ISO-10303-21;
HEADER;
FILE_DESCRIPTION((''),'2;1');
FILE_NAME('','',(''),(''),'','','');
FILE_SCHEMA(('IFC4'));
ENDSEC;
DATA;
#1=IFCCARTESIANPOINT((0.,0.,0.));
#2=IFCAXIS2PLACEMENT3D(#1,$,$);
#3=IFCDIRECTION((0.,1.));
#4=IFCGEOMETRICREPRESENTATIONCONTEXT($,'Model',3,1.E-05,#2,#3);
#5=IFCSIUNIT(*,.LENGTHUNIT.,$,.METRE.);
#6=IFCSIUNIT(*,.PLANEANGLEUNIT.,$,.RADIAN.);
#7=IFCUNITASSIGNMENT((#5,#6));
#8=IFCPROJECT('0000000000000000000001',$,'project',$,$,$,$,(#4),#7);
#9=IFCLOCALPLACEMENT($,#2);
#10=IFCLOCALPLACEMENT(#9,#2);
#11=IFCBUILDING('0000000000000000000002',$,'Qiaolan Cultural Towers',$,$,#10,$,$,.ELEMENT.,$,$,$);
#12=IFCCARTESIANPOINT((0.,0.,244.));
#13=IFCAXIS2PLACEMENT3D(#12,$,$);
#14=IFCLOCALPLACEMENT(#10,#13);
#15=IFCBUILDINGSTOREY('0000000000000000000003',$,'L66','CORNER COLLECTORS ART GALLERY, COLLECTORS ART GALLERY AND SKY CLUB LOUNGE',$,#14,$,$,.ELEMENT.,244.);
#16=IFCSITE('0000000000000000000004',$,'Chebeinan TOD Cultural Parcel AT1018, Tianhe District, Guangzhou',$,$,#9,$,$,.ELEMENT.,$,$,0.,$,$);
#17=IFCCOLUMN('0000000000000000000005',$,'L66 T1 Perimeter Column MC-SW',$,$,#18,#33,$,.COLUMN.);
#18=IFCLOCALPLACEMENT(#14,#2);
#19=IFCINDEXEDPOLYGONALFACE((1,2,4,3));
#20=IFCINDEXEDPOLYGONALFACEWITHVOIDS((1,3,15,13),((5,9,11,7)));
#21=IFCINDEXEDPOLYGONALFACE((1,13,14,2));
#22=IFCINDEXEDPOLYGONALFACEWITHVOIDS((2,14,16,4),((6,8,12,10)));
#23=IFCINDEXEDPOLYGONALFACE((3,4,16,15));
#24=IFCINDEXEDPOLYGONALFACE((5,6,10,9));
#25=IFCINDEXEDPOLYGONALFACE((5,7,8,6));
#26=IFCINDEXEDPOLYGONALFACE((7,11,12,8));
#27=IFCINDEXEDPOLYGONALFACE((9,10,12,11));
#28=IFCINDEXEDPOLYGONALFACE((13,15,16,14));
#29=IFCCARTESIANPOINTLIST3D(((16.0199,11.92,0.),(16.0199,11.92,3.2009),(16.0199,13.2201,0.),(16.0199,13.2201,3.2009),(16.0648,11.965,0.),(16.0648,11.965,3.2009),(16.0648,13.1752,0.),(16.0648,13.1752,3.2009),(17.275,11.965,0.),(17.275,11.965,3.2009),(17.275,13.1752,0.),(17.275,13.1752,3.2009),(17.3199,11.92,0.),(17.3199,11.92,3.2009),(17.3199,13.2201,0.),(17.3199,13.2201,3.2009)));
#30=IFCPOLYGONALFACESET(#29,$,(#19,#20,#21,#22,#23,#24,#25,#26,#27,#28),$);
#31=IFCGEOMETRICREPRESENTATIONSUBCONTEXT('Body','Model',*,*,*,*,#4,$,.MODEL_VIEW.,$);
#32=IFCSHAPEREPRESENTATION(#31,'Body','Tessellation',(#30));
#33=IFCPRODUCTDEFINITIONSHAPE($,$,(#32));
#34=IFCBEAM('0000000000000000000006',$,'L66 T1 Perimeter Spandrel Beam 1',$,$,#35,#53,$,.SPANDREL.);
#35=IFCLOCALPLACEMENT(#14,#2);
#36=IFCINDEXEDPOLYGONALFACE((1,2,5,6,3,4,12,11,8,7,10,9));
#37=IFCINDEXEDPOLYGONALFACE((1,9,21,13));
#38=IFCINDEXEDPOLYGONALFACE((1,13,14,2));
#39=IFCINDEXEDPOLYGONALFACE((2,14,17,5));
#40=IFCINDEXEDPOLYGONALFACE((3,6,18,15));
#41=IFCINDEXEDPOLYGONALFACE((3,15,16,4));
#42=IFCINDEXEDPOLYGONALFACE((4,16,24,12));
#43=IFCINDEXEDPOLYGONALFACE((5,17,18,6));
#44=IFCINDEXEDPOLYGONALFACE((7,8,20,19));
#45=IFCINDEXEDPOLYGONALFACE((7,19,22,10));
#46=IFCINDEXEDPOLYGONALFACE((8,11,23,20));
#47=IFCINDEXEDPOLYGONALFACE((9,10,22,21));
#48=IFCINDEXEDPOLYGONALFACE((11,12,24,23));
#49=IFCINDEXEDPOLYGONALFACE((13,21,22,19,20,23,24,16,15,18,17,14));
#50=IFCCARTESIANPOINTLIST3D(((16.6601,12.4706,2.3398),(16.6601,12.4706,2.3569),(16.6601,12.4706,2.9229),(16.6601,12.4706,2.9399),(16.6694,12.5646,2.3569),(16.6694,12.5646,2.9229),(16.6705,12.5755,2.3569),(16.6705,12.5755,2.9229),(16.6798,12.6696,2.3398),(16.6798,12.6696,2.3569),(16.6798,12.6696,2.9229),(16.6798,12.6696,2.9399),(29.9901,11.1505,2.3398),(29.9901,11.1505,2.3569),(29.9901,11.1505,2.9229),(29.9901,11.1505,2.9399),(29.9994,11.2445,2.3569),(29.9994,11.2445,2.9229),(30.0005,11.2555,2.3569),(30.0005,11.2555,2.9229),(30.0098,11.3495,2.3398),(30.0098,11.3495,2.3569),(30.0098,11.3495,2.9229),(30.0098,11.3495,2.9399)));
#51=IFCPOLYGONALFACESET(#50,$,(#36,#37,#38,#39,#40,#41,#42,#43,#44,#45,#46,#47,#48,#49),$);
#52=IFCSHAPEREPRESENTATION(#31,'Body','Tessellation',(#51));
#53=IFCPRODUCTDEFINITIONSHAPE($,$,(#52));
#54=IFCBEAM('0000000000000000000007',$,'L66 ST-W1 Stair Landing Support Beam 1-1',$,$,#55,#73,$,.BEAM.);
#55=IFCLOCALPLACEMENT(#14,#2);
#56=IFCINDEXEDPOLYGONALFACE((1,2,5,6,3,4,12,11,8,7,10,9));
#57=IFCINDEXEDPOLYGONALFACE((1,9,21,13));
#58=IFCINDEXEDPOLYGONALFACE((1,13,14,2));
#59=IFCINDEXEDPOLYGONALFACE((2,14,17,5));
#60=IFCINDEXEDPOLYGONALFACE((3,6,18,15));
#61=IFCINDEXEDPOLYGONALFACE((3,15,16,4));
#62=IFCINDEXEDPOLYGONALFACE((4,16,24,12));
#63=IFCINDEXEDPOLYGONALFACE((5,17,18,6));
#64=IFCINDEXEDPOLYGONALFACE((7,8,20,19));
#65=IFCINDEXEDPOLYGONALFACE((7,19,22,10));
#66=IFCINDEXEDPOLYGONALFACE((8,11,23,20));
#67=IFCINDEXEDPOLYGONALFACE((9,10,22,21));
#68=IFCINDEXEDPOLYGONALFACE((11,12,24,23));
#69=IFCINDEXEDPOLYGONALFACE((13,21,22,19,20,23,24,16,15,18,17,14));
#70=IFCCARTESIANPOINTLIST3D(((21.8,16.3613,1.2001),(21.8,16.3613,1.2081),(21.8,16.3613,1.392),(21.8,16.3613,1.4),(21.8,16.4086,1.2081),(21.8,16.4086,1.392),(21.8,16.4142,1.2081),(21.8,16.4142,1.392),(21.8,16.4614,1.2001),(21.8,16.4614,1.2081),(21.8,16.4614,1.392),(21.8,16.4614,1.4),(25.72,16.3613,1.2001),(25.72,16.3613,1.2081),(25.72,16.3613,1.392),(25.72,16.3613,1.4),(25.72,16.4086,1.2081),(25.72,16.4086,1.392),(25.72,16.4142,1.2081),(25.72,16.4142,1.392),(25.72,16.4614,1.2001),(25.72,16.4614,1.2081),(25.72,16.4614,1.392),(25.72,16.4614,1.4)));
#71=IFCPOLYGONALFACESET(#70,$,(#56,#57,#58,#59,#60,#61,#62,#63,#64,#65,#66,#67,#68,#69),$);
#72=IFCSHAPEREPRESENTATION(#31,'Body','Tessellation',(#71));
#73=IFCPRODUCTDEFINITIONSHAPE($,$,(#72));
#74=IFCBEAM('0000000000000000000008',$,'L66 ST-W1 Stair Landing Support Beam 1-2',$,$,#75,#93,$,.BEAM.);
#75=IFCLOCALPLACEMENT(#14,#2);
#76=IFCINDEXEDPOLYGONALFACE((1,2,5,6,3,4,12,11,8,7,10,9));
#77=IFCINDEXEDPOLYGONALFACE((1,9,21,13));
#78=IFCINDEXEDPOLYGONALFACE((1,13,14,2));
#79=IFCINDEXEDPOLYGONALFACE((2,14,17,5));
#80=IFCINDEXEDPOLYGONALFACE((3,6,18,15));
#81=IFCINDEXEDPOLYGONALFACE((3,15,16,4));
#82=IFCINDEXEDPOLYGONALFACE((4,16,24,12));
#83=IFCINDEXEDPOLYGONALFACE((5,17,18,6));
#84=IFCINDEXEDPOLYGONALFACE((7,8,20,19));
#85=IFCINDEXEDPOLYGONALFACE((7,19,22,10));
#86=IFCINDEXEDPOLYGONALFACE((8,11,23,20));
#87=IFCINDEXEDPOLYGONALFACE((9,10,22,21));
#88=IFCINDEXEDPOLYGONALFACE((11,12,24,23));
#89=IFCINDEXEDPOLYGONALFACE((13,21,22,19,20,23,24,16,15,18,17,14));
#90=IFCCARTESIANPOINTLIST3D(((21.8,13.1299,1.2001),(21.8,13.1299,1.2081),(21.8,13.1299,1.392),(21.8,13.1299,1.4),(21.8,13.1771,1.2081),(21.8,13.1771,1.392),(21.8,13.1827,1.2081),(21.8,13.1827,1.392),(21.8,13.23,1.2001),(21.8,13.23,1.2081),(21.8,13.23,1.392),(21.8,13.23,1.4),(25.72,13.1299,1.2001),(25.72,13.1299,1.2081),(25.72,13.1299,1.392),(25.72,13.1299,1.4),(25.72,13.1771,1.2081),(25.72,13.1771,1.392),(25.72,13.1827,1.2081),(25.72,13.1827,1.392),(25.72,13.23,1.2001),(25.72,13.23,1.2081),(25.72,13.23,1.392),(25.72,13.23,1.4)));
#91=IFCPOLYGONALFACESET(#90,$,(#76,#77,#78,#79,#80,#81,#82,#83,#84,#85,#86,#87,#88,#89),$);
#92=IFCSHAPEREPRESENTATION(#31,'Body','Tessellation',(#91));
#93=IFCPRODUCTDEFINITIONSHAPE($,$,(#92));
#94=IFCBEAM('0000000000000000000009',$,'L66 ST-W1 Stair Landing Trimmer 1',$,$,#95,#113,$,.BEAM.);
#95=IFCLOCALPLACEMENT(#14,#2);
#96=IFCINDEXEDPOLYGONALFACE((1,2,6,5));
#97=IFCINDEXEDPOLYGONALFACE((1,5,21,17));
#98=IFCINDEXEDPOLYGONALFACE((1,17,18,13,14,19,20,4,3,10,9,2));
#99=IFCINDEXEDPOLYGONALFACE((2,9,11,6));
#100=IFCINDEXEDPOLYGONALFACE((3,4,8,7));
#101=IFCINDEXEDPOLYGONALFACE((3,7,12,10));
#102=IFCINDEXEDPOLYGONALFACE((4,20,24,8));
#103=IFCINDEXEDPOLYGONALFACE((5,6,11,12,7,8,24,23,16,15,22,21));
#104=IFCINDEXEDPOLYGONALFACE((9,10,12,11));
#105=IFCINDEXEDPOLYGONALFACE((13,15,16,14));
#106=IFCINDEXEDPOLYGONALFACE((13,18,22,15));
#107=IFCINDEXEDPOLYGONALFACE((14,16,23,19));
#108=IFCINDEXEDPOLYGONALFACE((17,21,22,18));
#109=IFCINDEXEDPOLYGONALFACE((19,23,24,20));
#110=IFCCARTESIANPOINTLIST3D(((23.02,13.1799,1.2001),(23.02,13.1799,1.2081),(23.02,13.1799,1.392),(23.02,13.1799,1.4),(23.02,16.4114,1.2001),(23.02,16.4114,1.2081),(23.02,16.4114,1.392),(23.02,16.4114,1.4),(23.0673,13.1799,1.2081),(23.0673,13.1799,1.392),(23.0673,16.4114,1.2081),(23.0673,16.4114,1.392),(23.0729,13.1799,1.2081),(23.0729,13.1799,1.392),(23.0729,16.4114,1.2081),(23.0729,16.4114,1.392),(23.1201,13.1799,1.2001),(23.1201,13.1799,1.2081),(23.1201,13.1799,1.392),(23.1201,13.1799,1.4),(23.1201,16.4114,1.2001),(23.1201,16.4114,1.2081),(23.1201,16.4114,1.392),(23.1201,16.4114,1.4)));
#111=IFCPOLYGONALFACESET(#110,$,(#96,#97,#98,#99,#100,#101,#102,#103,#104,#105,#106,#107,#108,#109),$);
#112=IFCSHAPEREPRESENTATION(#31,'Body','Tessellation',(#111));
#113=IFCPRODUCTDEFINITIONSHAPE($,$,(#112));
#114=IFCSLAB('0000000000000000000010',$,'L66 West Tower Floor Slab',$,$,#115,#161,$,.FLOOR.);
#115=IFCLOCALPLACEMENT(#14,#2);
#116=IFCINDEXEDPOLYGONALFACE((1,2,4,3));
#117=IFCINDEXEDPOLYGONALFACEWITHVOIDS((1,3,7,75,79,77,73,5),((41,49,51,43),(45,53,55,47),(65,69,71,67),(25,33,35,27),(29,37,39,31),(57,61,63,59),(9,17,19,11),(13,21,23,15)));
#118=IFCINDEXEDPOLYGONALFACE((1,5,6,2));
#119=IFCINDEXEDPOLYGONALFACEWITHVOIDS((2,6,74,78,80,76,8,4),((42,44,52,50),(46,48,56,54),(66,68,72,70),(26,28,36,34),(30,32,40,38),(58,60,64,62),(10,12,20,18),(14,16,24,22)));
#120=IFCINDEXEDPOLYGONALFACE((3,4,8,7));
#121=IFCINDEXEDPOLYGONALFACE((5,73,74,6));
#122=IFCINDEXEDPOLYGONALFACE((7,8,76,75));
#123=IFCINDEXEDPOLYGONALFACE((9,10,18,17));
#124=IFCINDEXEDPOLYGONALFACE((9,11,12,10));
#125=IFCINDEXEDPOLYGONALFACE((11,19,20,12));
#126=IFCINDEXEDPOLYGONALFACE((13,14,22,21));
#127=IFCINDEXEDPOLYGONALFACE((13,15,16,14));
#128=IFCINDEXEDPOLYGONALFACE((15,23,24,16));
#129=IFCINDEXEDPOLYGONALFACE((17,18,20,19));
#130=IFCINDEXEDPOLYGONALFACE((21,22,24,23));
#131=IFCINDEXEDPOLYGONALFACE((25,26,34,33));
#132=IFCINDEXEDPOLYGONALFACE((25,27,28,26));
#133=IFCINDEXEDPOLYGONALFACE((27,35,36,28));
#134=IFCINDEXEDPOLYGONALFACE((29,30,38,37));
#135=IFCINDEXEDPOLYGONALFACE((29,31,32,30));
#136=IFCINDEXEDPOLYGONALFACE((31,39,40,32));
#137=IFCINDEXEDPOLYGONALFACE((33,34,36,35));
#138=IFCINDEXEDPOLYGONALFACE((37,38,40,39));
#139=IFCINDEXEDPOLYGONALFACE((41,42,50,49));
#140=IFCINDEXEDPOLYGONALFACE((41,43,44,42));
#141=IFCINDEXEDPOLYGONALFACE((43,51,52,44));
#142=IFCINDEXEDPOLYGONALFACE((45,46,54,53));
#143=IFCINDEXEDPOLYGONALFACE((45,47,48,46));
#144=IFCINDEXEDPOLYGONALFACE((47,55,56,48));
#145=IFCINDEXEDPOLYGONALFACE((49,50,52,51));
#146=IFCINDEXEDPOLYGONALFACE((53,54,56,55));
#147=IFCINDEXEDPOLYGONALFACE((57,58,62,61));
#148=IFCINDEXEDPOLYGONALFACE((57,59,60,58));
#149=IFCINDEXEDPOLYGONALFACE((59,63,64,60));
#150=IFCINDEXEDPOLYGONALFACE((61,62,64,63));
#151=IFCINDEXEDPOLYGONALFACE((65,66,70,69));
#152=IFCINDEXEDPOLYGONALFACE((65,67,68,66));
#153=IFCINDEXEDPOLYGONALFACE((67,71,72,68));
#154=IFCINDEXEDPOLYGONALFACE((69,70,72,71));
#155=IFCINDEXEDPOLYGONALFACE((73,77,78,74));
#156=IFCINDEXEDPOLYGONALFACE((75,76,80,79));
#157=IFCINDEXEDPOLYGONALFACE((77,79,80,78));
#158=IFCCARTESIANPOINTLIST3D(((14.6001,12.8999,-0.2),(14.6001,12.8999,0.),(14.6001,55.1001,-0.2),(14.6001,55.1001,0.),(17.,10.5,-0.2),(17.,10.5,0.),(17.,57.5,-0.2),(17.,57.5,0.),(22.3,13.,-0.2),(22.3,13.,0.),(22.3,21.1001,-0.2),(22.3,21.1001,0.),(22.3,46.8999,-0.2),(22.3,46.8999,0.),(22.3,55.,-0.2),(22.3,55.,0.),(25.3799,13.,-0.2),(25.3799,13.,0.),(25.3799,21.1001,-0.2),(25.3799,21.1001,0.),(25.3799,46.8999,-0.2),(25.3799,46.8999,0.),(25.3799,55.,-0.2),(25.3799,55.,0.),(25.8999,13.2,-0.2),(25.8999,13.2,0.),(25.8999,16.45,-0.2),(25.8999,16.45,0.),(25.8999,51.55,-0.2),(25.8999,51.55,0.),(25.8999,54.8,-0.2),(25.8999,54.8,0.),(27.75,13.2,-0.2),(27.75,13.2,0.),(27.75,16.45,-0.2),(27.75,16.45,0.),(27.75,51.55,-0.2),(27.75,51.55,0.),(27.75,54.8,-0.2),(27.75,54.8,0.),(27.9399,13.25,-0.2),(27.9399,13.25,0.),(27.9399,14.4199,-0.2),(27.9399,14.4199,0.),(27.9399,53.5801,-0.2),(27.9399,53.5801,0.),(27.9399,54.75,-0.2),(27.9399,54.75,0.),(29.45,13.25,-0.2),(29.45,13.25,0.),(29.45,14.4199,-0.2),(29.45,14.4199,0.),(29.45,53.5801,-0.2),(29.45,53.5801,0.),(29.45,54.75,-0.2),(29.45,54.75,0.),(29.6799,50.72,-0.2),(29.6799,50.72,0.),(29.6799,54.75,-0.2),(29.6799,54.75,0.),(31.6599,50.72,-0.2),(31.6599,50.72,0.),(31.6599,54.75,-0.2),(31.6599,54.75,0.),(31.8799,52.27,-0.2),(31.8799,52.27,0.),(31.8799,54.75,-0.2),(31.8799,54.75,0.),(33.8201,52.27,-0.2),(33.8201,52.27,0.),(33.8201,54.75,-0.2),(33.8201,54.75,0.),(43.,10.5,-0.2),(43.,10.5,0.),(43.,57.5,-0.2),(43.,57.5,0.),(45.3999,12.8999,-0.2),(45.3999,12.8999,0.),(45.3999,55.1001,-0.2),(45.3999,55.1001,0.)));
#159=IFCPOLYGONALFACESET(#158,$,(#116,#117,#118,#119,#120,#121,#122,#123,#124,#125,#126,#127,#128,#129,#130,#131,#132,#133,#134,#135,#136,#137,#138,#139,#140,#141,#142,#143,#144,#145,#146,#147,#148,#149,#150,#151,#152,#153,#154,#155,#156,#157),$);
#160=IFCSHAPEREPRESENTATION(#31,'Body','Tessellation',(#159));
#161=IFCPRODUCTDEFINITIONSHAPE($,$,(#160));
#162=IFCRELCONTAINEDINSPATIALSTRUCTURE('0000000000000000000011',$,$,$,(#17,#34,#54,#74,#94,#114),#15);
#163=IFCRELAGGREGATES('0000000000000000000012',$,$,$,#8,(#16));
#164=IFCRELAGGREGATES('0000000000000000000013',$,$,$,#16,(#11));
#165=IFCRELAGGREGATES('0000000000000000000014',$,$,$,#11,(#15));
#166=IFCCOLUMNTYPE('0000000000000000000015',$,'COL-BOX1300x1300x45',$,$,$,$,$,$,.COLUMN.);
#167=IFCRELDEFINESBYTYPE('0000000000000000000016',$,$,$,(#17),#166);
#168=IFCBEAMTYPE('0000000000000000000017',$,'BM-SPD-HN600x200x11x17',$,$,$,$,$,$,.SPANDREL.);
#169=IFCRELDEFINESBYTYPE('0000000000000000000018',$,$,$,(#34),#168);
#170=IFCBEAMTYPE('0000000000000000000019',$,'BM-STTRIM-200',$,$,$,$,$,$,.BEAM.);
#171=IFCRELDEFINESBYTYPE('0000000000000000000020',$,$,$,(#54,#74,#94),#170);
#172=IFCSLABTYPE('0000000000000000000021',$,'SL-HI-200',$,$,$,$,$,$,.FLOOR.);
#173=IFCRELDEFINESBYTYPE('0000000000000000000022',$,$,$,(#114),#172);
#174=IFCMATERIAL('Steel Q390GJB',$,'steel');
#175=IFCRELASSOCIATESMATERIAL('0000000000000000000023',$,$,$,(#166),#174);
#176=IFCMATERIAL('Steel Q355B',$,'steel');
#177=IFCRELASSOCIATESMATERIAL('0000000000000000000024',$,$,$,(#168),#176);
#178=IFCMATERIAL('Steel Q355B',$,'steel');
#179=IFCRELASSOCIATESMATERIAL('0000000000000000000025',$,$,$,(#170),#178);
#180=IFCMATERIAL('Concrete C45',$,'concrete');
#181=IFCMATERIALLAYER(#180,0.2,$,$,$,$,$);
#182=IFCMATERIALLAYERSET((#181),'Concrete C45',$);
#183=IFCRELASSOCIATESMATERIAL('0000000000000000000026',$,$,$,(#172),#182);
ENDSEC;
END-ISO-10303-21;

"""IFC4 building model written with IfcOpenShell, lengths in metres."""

from ifc_helpers import new_model, si_unit, direction, frame, origin, origin_2d, place, context, subcontext, project, spatial, polyline, hollow_rectangle, i_section, outline, extrude, material, layer, layer_set, material_profile, profile_set, type_object, element, save


model = new_model("IFC4")

# Units and contexts
model_context = context("Model", 3, precision=1e-05, world=origin(), true_north=direction((0.0, 1.0)))
body_context = subcontext(model_context, "Body", "Model", "MODEL_VIEW")
ifc_project = project(units=[si_unit("LENGTHUNIT", "METRE"), si_unit("PLANEANGLEUNIT", "RADIAN")], contexts=[model_context])

# Site, building, storey
site_placement = place(None, origin())
site = spatial("IfcSite", under=ifc_project, at=site_placement, Name="Chebeinan TOD Cultural Parcel AT1018, Tianhe District, Guangzhou", CompositionType="ELEMENT", RefElevation=0.0)
building_placement = place(site_placement, origin())
building = spatial("IfcBuilding", under=site, at=building_placement, Name="Qiaolan Cultural Towers", CompositionType="ELEMENT")
storey_placement = place(building_placement, frame((0.0, 0.0, 244.0)))
storey = spatial("IfcBuildingStorey", under=building, at=storey_placement, Name="L66", Description="CORNER COLLECTORS ART GALLERY, COLLECTORS ART GALLERY AND SKY CLUB LOUNGE", CompositionType="ELEMENT", Elevation=244.0)

# Column
ifc_material_1 = material(Name="Steel Q390GJB", Category="steel")
ifc_material_profile_1 = material_profile(ifc_material_1, hollow_rectangle(XDim=1.3, YDim=1.3, WallThickness=0.0449, at=origin_2d()), Name="BOX1300x1300x45")
ifc_profile_set_1 = profile_set([ifc_material_profile_1], Name="Steel Q390GJB")
column_type = type_object("IfcColumnType", Name="COL-BOX1300x1300x45", PredefinedType="COLUMN", material=ifc_profile_set_1)
column_placement = place(storey_placement, frame((16.6699, 12.5701, 0.0), z_axis=(0.0, 0.0, 1.0), x_axis=(1.0, 0.0, 0.0)))
element("IfcColumn", 1, at=column_placement, inside=storey, type_object=column_type, Name="L66 T1 Perimeter Column MC-SW", PredefinedType="COLUMN", context=body_context, shape_type="SweptSolid", body=[
    extrude(hollow_rectangle(XDim=1.3, YDim=1.3, WallThickness=0.0449, at=origin_2d()), origin(), (0.0, 0.0, 1.0), 3.2009),
])

# Beams
ifc_material_2 = material(Name="Steel Q355B", Category="steel")
ifc_material_profile_2 = material_profile(ifc_material_2, i_section(OverallWidth=0.2, OverallDepth=0.6001, WebThickness=0.011, FlangeThickness=0.0171, at=origin_2d()), Name="HN600x200x11x17")
ifc_profile_set_2 = profile_set([ifc_material_profile_2], Name="Steel Q355B")
beam_type_1 = type_object("IfcBeamType", Name="BM-SPD-HN600x200x11x17", PredefinedType="SPANDREL", material=ifc_profile_set_2)
beam_1_placement = place(storey_placement, frame((16.6699, 12.5701, 2.6399), z_axis=(0.995132, -0.098547, 0.0), x_axis=(0.098547, 0.995132, 0.0)))
element("IfcBeam", 2, at=beam_1_placement, inside=storey, type_object=beam_type_1, Name="L66 T1 Perimeter Spandrel Beam 1", PredefinedType="SPANDREL", context=body_context, shape_type="SweptSolid", body=[
    extrude(i_section(OverallWidth=0.2, OverallDepth=0.6001, WebThickness=0.011, FlangeThickness=0.0171, at=origin_2d()), origin(), (0.0, 0.0, 1.0), 13.3953),
])
ifc_material_3 = material(Name="Steel Q355B", Category="steel")
ifc_material_profile_3 = material_profile(ifc_material_3, i_section(OverallWidth=0.1001, OverallDepth=0.2, WebThickness=0.0056, FlangeThickness=0.0081, at=origin_2d()), Name="HN200x100x5.5x8")
ifc_profile_set_3 = profile_set([ifc_material_profile_3], Name="Steel Q355B")
beam_type_2 = type_object("IfcBeamType", Name="BM-STTRIM-200", PredefinedType="BEAM", material=ifc_profile_set_3)
for number, where, z_axis, x_axis, name in (
    (3, (21.8, 16.4114, 1.3), (1.0, 0.0, 0.0), (0.0, 1.0, 0.0), "L66 ST-W1 Stair Landing Support Beam 1-1"),
    (4, (21.8, 13.1799, 1.3), (1.0, 0.0, 0.0), (0.0, 1.0, 0.0), "L66 ST-W1 Stair Landing Support Beam 1-2"),
):
    element("IfcBeam", number, at=place(storey_placement, frame(where, z_axis=z_axis, x_axis=x_axis)), inside=storey, type_object=beam_type_2, Name=name, PredefinedType="BEAM", context=body_context, shape_type="SweptSolid", body=[
        extrude(i_section(OverallWidth=0.1001, OverallDepth=0.2, WebThickness=0.0056, FlangeThickness=0.0081, at=origin_2d()), origin(), (0.0, 0.0, 1.0), 3.9199),
    ])
beam_2_placement = place(storey_placement, frame((23.0701, 16.4114, 1.3), z_axis=(0.0, -1.0, 0.0), x_axis=(1.0, 0.0, 0.0)))
element("IfcBeam", 5, at=beam_2_placement, inside=storey, type_object=beam_type_2, Name="L66 ST-W1 Stair Landing Trimmer 1", PredefinedType="BEAM", context=body_context, shape_type="SweptSolid", body=[
    extrude(i_section(OverallWidth=0.1001, OverallDepth=0.2, WebThickness=0.0056, FlangeThickness=0.0081, at=origin_2d()), origin(), (0.0, 0.0, 1.0), 3.2314),
])

# Slab
ifc_material_4 = material(Name="Concrete C45", Category="concrete")
ifc_layer_1 = layer(ifc_material_4, 0.2)
ifc_layer_set_1 = layer_set([ifc_layer_1], Name="Concrete C45")
slab_type_1 = type_object("IfcSlabType", Name="SL-HI-200", PredefinedType="FLOOR", material=ifc_layer_set_1)
slab_1_placement = place(storey_placement, frame((0.0, 0.0, -0.2)))
element("IfcSlab", 6, at=slab_1_placement, inside=storey, type_object=slab_type_1, Name="L66 West Tower Floor Slab", PredefinedType="FLOOR", context=body_context, shape_type="SweptSolid", body=[
    extrude(outline(polyline([(17.0, 10.5), (43.0, 10.5), (45.3999, 12.8999), (45.3999, 55.1001), (43.0, 57.5), (17.0, 57.5), (14.6001, 55.1001), (14.6001, 12.8999), (17.0, 10.5)]), holes=[polyline([(22.3, 21.1001), (22.3, 13.0), (25.3799, 13.0), (25.3799, 21.1001), (22.3, 21.1001)]), polyline([(25.3799, 46.8999), (25.3799, 55.0), (22.3, 55.0), (22.3, 46.8999), (25.3799, 46.8999)]), polyline([(25.8999, 13.2), (27.75, 13.2), (27.75, 16.45), (25.8999, 16.45), (25.8999, 13.2)]), polyline([(27.9399, 13.25), (29.45, 13.25), (29.45, 14.4199), (27.9399, 14.4199), (27.9399, 13.25)]), polyline([(25.8999, 51.55), (27.75, 51.55), (27.75, 54.8), (25.8999, 54.8), (25.8999, 51.55)]), polyline([(27.9399, 53.5801), (29.45, 53.5801), (29.45, 54.75), (27.9399, 54.75), (27.9399, 53.5801)]), polyline([(31.8799, 52.27), (33.8201, 52.27), (33.8201, 54.75), (31.8799, 54.75), (31.8799, 52.27)]), polyline([(29.6799, 50.72), (31.6599, 50.72), (31.6599, 54.75), (29.6799, 54.75), (29.6799, 50.72)])]), origin(), (0.0, 0.0, 1.0), 0.2),
])

save(model, "model.ifc")
